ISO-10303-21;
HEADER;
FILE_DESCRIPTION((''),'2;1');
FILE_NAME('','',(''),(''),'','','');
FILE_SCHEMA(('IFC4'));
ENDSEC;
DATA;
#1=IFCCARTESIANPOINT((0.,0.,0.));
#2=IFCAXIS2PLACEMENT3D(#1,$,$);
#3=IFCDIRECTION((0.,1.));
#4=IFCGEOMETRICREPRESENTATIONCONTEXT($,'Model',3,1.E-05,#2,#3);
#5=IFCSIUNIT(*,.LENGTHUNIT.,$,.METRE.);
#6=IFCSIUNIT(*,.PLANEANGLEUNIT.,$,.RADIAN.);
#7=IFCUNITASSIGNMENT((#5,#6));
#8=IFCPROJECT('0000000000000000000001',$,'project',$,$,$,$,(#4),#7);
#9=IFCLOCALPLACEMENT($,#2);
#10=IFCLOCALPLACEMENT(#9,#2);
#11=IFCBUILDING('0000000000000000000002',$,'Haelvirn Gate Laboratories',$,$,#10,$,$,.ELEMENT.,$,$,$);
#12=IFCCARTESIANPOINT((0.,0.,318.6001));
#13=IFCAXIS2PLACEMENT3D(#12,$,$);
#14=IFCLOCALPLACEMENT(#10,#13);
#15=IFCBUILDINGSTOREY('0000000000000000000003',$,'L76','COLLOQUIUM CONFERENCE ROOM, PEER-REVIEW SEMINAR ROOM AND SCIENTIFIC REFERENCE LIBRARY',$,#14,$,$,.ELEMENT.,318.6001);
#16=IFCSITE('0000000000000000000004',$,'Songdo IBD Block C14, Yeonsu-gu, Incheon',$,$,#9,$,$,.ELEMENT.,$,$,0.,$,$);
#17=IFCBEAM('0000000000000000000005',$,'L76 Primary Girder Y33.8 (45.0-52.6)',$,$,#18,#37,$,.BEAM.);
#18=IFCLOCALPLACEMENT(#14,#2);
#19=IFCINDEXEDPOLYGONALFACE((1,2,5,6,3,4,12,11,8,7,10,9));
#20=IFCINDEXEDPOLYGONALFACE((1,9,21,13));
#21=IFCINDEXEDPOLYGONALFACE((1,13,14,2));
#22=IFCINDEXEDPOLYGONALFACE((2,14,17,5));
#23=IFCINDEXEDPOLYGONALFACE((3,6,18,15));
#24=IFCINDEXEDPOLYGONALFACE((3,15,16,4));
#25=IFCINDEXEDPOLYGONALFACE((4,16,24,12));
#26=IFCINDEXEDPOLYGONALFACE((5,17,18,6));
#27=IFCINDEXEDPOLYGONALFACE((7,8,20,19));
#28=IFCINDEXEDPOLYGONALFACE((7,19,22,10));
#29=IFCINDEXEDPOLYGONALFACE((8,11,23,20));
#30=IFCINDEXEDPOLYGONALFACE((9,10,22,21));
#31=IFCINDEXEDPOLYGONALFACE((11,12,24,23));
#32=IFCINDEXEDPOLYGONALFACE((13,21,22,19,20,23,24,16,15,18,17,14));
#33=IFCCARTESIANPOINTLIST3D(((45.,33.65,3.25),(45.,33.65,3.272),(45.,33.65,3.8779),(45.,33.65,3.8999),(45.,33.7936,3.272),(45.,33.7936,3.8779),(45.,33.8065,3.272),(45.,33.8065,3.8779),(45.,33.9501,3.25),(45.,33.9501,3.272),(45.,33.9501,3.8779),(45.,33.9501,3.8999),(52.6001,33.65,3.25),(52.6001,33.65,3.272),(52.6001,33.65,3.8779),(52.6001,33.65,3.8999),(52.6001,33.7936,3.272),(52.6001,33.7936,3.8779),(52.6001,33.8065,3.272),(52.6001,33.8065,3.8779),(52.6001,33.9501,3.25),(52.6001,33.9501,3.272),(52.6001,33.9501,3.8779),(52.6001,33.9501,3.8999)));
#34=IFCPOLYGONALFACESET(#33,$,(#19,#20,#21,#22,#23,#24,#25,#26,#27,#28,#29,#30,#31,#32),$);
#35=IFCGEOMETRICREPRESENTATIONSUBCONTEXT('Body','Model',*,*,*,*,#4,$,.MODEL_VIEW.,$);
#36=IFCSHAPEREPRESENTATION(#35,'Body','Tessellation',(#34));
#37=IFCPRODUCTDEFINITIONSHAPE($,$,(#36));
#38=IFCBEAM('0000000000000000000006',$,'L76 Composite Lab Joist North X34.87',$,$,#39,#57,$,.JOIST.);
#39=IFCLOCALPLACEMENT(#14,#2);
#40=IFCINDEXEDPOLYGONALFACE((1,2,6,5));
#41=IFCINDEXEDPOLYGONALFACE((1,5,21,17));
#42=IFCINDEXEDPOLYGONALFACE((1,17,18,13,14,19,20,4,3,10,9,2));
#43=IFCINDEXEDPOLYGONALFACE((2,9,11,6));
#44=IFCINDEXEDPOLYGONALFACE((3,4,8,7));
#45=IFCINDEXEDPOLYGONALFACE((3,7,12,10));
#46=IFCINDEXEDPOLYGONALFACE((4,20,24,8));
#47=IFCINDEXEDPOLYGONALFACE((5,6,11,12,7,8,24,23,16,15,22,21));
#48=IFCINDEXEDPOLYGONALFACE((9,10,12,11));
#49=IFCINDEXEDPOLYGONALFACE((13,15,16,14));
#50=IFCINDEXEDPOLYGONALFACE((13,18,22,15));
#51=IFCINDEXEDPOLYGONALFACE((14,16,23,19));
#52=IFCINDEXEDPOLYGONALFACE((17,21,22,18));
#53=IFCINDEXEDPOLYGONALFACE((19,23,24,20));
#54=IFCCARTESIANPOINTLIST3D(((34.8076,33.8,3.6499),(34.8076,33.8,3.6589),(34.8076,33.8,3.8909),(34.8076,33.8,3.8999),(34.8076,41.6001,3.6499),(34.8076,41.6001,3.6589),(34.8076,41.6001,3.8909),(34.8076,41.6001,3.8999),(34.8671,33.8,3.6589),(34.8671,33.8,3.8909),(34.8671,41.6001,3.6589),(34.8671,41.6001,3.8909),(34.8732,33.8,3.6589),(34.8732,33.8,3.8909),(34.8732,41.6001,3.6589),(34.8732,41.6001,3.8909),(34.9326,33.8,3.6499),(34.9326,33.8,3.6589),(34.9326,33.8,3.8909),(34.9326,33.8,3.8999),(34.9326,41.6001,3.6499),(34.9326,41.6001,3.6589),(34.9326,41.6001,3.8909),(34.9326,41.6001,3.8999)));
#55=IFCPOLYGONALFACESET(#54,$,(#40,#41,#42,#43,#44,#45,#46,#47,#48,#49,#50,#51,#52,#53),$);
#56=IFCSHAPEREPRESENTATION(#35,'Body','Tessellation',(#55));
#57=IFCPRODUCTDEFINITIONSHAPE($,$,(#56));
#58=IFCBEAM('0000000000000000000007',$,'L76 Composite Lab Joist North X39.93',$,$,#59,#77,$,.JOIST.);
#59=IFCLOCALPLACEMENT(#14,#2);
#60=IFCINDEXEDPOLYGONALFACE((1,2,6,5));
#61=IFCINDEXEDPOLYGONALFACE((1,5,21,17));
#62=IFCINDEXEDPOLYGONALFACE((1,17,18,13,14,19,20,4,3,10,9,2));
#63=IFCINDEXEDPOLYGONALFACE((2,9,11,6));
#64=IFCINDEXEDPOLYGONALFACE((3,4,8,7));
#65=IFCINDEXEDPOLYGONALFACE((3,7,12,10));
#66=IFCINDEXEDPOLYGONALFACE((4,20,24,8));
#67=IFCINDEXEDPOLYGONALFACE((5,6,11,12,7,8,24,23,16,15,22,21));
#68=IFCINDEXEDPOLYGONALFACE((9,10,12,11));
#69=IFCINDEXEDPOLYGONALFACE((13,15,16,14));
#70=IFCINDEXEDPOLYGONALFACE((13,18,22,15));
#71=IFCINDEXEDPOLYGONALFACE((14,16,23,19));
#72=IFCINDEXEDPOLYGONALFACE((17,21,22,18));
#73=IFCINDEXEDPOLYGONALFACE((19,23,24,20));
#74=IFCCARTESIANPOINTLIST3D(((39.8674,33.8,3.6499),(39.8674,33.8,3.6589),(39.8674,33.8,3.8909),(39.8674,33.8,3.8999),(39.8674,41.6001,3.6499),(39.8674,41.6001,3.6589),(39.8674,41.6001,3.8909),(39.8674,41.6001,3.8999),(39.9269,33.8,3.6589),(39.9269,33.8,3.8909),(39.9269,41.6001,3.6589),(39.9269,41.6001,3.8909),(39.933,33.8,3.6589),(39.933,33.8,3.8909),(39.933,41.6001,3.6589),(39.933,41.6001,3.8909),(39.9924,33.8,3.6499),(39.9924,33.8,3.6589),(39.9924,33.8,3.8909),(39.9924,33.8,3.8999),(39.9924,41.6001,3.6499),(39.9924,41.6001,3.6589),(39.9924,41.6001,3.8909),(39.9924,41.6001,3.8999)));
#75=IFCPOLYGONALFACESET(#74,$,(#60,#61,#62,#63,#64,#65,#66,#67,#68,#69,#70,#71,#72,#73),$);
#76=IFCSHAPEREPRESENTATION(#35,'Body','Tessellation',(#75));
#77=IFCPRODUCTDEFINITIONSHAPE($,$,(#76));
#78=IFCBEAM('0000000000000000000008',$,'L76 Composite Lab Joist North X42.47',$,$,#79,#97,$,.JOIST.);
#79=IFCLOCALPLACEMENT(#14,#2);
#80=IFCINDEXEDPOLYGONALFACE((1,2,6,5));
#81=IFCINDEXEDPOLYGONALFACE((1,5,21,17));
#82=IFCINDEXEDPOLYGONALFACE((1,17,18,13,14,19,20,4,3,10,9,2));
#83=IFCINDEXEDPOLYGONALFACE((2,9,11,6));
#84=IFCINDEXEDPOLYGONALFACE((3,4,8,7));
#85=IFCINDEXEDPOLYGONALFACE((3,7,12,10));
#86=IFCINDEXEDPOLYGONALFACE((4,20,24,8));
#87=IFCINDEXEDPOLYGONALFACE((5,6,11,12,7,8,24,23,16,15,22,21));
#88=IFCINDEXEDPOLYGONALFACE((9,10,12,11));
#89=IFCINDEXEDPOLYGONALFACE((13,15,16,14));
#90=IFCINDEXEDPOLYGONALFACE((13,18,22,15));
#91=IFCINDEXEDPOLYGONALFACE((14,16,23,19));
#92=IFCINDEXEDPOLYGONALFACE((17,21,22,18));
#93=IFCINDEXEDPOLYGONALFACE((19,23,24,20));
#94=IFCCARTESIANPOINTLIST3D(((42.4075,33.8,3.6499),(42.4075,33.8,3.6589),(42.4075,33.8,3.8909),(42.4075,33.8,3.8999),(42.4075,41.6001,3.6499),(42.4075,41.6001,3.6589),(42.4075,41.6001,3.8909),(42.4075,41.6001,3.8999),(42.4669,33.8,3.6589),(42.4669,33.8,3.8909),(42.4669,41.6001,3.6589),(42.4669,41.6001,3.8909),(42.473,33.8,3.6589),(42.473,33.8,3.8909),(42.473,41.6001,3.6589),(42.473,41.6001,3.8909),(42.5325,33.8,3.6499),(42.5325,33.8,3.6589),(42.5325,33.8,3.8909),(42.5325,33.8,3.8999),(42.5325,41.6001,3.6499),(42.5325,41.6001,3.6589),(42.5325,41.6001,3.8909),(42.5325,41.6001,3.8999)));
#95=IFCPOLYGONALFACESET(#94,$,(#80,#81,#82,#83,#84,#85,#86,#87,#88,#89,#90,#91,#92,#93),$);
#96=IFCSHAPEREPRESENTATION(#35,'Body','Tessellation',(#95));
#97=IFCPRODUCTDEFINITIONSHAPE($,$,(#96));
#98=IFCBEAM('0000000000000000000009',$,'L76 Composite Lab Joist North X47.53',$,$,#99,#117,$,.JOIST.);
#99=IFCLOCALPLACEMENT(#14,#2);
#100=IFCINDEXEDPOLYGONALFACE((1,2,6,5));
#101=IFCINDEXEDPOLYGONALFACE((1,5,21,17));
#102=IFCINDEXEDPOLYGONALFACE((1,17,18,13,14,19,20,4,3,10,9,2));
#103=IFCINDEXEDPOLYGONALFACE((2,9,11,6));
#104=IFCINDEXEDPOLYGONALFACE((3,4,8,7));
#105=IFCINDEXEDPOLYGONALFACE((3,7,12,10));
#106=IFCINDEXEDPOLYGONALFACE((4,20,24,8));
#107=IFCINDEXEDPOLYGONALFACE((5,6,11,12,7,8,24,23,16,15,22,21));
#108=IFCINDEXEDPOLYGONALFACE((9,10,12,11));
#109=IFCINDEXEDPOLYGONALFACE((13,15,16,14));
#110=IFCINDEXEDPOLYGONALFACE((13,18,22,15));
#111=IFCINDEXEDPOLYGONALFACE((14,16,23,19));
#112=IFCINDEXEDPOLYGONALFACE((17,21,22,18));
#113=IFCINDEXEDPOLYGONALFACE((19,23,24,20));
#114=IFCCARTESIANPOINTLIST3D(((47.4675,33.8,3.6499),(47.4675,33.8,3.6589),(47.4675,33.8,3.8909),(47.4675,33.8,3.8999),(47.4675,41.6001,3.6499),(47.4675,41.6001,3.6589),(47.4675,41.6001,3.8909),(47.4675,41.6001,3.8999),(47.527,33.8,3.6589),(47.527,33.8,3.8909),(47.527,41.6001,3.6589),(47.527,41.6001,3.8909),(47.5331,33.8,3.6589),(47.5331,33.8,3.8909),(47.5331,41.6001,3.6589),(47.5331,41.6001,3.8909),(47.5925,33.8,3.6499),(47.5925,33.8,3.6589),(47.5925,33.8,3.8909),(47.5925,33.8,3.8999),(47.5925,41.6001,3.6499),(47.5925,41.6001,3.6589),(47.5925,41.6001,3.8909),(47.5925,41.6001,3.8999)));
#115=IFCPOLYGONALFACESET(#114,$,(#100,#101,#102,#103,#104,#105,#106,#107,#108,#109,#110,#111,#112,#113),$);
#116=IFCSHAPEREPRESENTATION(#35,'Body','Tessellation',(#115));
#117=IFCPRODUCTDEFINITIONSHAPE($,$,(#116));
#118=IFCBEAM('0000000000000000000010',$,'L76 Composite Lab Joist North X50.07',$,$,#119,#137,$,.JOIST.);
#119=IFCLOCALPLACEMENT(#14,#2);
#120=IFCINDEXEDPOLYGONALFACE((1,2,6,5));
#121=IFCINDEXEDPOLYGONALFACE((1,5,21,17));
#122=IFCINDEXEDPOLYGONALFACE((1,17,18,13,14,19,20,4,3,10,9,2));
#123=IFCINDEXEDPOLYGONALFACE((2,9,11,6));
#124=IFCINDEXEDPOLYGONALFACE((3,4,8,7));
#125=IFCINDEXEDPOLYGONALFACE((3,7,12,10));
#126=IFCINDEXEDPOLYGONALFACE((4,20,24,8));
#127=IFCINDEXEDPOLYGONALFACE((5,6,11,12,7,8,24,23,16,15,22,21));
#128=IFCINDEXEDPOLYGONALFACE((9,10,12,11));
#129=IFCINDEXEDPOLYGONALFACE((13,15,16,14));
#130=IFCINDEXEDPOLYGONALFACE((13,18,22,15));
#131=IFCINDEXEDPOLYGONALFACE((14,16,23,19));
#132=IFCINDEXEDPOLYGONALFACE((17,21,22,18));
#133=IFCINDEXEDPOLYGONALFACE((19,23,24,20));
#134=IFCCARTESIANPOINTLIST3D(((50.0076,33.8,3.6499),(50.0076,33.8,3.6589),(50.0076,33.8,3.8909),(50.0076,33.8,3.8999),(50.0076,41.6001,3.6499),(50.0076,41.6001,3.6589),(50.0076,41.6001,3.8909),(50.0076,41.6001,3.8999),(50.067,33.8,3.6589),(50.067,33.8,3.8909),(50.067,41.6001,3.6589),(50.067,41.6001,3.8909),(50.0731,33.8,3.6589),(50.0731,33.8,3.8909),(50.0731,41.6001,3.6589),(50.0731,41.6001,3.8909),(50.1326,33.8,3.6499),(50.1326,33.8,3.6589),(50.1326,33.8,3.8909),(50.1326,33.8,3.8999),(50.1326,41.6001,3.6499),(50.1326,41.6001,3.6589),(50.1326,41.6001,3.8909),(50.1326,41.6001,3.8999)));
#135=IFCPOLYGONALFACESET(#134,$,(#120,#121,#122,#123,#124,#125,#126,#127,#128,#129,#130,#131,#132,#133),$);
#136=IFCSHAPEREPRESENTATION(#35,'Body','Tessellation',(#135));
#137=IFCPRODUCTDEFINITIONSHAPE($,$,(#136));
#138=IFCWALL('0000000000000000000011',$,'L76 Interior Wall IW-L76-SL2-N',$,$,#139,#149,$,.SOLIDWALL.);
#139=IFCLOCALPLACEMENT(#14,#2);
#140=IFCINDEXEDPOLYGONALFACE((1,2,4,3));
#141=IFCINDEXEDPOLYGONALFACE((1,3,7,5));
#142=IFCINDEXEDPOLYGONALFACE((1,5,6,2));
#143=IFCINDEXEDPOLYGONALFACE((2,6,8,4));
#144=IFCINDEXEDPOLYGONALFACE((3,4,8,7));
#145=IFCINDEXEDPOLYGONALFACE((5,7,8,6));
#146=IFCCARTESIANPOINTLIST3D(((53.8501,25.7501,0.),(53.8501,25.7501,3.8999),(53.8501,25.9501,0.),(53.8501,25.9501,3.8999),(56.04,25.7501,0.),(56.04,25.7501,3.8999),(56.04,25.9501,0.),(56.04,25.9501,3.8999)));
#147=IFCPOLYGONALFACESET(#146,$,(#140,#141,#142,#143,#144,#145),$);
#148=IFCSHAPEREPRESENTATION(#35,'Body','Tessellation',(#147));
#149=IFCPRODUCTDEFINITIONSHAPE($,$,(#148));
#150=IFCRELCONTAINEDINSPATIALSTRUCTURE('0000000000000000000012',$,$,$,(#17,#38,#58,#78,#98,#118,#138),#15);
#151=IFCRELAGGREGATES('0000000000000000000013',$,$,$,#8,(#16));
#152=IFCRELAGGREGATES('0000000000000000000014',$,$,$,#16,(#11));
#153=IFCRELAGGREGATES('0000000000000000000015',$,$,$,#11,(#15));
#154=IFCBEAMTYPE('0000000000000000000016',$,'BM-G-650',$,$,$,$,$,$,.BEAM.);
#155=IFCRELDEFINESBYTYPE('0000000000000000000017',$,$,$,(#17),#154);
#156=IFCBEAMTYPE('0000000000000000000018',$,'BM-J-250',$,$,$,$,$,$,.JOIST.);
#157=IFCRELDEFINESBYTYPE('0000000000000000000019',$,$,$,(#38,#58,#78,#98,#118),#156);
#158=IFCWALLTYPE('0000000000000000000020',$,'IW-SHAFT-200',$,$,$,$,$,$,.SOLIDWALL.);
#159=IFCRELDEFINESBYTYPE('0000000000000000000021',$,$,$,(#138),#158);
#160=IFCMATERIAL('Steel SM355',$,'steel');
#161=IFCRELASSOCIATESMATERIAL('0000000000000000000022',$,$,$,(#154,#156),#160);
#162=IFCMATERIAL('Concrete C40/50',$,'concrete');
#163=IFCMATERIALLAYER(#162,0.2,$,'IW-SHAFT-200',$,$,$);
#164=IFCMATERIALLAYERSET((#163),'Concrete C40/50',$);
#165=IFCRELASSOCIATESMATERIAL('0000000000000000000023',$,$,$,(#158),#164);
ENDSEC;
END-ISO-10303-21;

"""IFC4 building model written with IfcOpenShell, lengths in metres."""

from ifc_helpers import new_model, si_unit, direction, frame, frame_2d, origin, origin_2d, place, context, subcontext, project, spatial, rectangle, i_section, extrude, source, transform, mapped, material, layer, layer_set, material_profile, profile_set, type_object, type_shapes, element, save


model = new_model("IFC4")

# Units and contexts
model_context = context("Model", 3, precision=1e-05, world=origin(), true_north=direction((0.0, 1.0)))
body_context = subcontext(model_context, "Body", "Model", "MODEL_VIEW")
ifc_project = project(units=[si_unit("LENGTHUNIT", "METRE"), si_unit("PLANEANGLEUNIT", "RADIAN")], contexts=[model_context])

# Site, building, storey
site_placement = place(None, origin())
site = spatial("IfcSite", under=ifc_project, at=site_placement, Name="Songdo IBD Block C14, Yeonsu-gu, Incheon", CompositionType="ELEMENT", RefElevation=0.0)
building_placement = place(site_placement, origin())
building = spatial("IfcBuilding", under=site, at=building_placement, Name="Haelvirn Gate Laboratories", CompositionType="ELEMENT")
storey_placement = place(building_placement, frame((0.0, 0.0, 318.6001)))
storey = spatial("IfcBuildingStorey", under=building, at=storey_placement, Name="L76", Description="COLLOQUIUM CONFERENCE ROOM, PEER-REVIEW SEMINAR ROOM AND SCIENTIFIC REFERENCE LIBRARY", CompositionType="ELEMENT", Elevation=318.6001)

# Shared definitions
ifc_material_1 = material(Name="Steel SM355", Category="steel")

# Beams
ifc_material_profile_1 = material_profile(ifc_material_1, i_section(OverallWidth=0.3, OverallDepth=0.6499, WebThickness=0.0129, FlangeThickness=0.022, at=origin_2d()), Name="H-650x300x13x22")
ifc_profile_set_1 = profile_set([ifc_material_profile_1], Name="Steel SM355")
beam_type_1 = type_object("IfcBeamType", Name="BM-G-650", PredefinedType="BEAM", material=ifc_profile_set_1)
shared_shape_1 = source(origin(), body_context, "Body", "SweptSolid", [
    extrude(i_section(OverallWidth=0.3, OverallDepth=0.6499, WebThickness=0.0129, FlangeThickness=0.022, at=origin_2d()), origin(), (0.0, 0.0, 1.0), 7.6001),
])
type_shapes(beam_type_1, [shared_shape_1])
for number, where, z_axis, x_axis, name in (
    (1, (45.0, 33.8, 3.575), (1.0, 0.0, 0.0), (0.0, 1.0, 0.0), "L76 Primary Girder Y33.8 (45.0-52.6)"),
):
    element("IfcBeam", number, at=place(storey_placement, frame(where, z_axis=z_axis, x_axis=x_axis)), inside=storey, type_object=beam_type_1, Name=name, PredefinedType="BEAM", context=body_context, shape_type="MappedRepresentation", body=[
        mapped(shared_shape_1, transform((0.0, 0.0, 0.0), scale=1.0)),
    ])
ifc_material_profile_2 = material_profile(ifc_material_1, i_section(OverallWidth=0.125, OverallDepth=0.25, WebThickness=0.0061, FlangeThickness=0.009, at=origin_2d()), Name="H-250x125x6x9")
ifc_profile_set_2 = profile_set([ifc_material_profile_2], Name="Steel SM355")
beam_type_2 = type_object("IfcBeamType", Name="BM-J-250", PredefinedType="JOIST", material=ifc_profile_set_2)
shared_shape_2 = source(origin(), body_context, "Body", "SweptSolid", [
    extrude(i_section(OverallWidth=0.125, OverallDepth=0.25, WebThickness=0.0061, FlangeThickness=0.009, at=origin_2d()), origin(), (0.0, 0.0, 1.0), 7.8),
])
type_shapes(beam_type_2, [shared_shape_2])
for number, where, z_axis, x_axis, name in (
    (2, (34.8701, 33.8, 3.7749), (0.0, 1.0, 0.0), (-1.0, 0.0, 0.0), "L76 Composite Lab Joist North X34.87"),
    (3, (39.9299, 33.8, 3.7749), (0.0, 1.0, 0.0), (-1.0, 0.0, 0.0), "L76 Composite Lab Joist North X39.93"),
    (4, (42.47, 33.8, 3.7749), (0.0, 1.0, 0.0), (-1.0, 0.0, 0.0), "L76 Composite Lab Joist North X42.47"),
    (5, (47.53, 33.8, 3.7749), (0.0, 1.0, 0.0), (-1.0, 0.0, 0.0), "L76 Composite Lab Joist North X47.53"),
    (6, (50.0701, 33.8, 3.7749), (0.0, 1.0, 0.0), (-1.0, 0.0, 0.0), "L76 Composite Lab Joist North X50.07"),
):
    element("IfcBeam", number, at=place(storey_placement, frame(where, z_axis=z_axis, x_axis=x_axis)), inside=storey, type_object=beam_type_2, Name=name, PredefinedType="JOIST", context=body_context, shape_type="MappedRepresentation", body=[
        mapped(shared_shape_2, transform((0.0, 0.0, 0.0), scale=1.0)),
    ])

# Wall
ifc_material_2 = material(Name="Concrete C40/50", Category="concrete")
ifc_layer_1 = layer(ifc_material_2, 0.2, Name="IW-SHAFT-200")
ifc_layer_set_1 = layer_set([ifc_layer_1], Name="Concrete C40/50")
wall_type_1 = type_object("IfcWallType", Name="IW-SHAFT-200", PredefinedType="SOLIDWALL", material=ifc_layer_set_1)
wall_1_placement = place(storey_placement, frame((53.8501, 25.8501, 0.0), z_axis=(0.0, 0.0, 1.0), x_axis=(1.0, 0.0, 0.0)))
element("IfcWall", 7, at=wall_1_placement, inside=storey, type_object=wall_type_1, Name="L76 Interior Wall IW-L76-SL2-N", PredefinedType="SOLIDWALL", context=body_context, shape_type="SweptSolid", body=[
    extrude(rectangle(XDim=2.1899, YDim=0.2, at=frame_2d((1.095, 0.0))), origin(), (0.0, 0.0, 1.0), 3.8999),
])

save(model, "model.ifc")
